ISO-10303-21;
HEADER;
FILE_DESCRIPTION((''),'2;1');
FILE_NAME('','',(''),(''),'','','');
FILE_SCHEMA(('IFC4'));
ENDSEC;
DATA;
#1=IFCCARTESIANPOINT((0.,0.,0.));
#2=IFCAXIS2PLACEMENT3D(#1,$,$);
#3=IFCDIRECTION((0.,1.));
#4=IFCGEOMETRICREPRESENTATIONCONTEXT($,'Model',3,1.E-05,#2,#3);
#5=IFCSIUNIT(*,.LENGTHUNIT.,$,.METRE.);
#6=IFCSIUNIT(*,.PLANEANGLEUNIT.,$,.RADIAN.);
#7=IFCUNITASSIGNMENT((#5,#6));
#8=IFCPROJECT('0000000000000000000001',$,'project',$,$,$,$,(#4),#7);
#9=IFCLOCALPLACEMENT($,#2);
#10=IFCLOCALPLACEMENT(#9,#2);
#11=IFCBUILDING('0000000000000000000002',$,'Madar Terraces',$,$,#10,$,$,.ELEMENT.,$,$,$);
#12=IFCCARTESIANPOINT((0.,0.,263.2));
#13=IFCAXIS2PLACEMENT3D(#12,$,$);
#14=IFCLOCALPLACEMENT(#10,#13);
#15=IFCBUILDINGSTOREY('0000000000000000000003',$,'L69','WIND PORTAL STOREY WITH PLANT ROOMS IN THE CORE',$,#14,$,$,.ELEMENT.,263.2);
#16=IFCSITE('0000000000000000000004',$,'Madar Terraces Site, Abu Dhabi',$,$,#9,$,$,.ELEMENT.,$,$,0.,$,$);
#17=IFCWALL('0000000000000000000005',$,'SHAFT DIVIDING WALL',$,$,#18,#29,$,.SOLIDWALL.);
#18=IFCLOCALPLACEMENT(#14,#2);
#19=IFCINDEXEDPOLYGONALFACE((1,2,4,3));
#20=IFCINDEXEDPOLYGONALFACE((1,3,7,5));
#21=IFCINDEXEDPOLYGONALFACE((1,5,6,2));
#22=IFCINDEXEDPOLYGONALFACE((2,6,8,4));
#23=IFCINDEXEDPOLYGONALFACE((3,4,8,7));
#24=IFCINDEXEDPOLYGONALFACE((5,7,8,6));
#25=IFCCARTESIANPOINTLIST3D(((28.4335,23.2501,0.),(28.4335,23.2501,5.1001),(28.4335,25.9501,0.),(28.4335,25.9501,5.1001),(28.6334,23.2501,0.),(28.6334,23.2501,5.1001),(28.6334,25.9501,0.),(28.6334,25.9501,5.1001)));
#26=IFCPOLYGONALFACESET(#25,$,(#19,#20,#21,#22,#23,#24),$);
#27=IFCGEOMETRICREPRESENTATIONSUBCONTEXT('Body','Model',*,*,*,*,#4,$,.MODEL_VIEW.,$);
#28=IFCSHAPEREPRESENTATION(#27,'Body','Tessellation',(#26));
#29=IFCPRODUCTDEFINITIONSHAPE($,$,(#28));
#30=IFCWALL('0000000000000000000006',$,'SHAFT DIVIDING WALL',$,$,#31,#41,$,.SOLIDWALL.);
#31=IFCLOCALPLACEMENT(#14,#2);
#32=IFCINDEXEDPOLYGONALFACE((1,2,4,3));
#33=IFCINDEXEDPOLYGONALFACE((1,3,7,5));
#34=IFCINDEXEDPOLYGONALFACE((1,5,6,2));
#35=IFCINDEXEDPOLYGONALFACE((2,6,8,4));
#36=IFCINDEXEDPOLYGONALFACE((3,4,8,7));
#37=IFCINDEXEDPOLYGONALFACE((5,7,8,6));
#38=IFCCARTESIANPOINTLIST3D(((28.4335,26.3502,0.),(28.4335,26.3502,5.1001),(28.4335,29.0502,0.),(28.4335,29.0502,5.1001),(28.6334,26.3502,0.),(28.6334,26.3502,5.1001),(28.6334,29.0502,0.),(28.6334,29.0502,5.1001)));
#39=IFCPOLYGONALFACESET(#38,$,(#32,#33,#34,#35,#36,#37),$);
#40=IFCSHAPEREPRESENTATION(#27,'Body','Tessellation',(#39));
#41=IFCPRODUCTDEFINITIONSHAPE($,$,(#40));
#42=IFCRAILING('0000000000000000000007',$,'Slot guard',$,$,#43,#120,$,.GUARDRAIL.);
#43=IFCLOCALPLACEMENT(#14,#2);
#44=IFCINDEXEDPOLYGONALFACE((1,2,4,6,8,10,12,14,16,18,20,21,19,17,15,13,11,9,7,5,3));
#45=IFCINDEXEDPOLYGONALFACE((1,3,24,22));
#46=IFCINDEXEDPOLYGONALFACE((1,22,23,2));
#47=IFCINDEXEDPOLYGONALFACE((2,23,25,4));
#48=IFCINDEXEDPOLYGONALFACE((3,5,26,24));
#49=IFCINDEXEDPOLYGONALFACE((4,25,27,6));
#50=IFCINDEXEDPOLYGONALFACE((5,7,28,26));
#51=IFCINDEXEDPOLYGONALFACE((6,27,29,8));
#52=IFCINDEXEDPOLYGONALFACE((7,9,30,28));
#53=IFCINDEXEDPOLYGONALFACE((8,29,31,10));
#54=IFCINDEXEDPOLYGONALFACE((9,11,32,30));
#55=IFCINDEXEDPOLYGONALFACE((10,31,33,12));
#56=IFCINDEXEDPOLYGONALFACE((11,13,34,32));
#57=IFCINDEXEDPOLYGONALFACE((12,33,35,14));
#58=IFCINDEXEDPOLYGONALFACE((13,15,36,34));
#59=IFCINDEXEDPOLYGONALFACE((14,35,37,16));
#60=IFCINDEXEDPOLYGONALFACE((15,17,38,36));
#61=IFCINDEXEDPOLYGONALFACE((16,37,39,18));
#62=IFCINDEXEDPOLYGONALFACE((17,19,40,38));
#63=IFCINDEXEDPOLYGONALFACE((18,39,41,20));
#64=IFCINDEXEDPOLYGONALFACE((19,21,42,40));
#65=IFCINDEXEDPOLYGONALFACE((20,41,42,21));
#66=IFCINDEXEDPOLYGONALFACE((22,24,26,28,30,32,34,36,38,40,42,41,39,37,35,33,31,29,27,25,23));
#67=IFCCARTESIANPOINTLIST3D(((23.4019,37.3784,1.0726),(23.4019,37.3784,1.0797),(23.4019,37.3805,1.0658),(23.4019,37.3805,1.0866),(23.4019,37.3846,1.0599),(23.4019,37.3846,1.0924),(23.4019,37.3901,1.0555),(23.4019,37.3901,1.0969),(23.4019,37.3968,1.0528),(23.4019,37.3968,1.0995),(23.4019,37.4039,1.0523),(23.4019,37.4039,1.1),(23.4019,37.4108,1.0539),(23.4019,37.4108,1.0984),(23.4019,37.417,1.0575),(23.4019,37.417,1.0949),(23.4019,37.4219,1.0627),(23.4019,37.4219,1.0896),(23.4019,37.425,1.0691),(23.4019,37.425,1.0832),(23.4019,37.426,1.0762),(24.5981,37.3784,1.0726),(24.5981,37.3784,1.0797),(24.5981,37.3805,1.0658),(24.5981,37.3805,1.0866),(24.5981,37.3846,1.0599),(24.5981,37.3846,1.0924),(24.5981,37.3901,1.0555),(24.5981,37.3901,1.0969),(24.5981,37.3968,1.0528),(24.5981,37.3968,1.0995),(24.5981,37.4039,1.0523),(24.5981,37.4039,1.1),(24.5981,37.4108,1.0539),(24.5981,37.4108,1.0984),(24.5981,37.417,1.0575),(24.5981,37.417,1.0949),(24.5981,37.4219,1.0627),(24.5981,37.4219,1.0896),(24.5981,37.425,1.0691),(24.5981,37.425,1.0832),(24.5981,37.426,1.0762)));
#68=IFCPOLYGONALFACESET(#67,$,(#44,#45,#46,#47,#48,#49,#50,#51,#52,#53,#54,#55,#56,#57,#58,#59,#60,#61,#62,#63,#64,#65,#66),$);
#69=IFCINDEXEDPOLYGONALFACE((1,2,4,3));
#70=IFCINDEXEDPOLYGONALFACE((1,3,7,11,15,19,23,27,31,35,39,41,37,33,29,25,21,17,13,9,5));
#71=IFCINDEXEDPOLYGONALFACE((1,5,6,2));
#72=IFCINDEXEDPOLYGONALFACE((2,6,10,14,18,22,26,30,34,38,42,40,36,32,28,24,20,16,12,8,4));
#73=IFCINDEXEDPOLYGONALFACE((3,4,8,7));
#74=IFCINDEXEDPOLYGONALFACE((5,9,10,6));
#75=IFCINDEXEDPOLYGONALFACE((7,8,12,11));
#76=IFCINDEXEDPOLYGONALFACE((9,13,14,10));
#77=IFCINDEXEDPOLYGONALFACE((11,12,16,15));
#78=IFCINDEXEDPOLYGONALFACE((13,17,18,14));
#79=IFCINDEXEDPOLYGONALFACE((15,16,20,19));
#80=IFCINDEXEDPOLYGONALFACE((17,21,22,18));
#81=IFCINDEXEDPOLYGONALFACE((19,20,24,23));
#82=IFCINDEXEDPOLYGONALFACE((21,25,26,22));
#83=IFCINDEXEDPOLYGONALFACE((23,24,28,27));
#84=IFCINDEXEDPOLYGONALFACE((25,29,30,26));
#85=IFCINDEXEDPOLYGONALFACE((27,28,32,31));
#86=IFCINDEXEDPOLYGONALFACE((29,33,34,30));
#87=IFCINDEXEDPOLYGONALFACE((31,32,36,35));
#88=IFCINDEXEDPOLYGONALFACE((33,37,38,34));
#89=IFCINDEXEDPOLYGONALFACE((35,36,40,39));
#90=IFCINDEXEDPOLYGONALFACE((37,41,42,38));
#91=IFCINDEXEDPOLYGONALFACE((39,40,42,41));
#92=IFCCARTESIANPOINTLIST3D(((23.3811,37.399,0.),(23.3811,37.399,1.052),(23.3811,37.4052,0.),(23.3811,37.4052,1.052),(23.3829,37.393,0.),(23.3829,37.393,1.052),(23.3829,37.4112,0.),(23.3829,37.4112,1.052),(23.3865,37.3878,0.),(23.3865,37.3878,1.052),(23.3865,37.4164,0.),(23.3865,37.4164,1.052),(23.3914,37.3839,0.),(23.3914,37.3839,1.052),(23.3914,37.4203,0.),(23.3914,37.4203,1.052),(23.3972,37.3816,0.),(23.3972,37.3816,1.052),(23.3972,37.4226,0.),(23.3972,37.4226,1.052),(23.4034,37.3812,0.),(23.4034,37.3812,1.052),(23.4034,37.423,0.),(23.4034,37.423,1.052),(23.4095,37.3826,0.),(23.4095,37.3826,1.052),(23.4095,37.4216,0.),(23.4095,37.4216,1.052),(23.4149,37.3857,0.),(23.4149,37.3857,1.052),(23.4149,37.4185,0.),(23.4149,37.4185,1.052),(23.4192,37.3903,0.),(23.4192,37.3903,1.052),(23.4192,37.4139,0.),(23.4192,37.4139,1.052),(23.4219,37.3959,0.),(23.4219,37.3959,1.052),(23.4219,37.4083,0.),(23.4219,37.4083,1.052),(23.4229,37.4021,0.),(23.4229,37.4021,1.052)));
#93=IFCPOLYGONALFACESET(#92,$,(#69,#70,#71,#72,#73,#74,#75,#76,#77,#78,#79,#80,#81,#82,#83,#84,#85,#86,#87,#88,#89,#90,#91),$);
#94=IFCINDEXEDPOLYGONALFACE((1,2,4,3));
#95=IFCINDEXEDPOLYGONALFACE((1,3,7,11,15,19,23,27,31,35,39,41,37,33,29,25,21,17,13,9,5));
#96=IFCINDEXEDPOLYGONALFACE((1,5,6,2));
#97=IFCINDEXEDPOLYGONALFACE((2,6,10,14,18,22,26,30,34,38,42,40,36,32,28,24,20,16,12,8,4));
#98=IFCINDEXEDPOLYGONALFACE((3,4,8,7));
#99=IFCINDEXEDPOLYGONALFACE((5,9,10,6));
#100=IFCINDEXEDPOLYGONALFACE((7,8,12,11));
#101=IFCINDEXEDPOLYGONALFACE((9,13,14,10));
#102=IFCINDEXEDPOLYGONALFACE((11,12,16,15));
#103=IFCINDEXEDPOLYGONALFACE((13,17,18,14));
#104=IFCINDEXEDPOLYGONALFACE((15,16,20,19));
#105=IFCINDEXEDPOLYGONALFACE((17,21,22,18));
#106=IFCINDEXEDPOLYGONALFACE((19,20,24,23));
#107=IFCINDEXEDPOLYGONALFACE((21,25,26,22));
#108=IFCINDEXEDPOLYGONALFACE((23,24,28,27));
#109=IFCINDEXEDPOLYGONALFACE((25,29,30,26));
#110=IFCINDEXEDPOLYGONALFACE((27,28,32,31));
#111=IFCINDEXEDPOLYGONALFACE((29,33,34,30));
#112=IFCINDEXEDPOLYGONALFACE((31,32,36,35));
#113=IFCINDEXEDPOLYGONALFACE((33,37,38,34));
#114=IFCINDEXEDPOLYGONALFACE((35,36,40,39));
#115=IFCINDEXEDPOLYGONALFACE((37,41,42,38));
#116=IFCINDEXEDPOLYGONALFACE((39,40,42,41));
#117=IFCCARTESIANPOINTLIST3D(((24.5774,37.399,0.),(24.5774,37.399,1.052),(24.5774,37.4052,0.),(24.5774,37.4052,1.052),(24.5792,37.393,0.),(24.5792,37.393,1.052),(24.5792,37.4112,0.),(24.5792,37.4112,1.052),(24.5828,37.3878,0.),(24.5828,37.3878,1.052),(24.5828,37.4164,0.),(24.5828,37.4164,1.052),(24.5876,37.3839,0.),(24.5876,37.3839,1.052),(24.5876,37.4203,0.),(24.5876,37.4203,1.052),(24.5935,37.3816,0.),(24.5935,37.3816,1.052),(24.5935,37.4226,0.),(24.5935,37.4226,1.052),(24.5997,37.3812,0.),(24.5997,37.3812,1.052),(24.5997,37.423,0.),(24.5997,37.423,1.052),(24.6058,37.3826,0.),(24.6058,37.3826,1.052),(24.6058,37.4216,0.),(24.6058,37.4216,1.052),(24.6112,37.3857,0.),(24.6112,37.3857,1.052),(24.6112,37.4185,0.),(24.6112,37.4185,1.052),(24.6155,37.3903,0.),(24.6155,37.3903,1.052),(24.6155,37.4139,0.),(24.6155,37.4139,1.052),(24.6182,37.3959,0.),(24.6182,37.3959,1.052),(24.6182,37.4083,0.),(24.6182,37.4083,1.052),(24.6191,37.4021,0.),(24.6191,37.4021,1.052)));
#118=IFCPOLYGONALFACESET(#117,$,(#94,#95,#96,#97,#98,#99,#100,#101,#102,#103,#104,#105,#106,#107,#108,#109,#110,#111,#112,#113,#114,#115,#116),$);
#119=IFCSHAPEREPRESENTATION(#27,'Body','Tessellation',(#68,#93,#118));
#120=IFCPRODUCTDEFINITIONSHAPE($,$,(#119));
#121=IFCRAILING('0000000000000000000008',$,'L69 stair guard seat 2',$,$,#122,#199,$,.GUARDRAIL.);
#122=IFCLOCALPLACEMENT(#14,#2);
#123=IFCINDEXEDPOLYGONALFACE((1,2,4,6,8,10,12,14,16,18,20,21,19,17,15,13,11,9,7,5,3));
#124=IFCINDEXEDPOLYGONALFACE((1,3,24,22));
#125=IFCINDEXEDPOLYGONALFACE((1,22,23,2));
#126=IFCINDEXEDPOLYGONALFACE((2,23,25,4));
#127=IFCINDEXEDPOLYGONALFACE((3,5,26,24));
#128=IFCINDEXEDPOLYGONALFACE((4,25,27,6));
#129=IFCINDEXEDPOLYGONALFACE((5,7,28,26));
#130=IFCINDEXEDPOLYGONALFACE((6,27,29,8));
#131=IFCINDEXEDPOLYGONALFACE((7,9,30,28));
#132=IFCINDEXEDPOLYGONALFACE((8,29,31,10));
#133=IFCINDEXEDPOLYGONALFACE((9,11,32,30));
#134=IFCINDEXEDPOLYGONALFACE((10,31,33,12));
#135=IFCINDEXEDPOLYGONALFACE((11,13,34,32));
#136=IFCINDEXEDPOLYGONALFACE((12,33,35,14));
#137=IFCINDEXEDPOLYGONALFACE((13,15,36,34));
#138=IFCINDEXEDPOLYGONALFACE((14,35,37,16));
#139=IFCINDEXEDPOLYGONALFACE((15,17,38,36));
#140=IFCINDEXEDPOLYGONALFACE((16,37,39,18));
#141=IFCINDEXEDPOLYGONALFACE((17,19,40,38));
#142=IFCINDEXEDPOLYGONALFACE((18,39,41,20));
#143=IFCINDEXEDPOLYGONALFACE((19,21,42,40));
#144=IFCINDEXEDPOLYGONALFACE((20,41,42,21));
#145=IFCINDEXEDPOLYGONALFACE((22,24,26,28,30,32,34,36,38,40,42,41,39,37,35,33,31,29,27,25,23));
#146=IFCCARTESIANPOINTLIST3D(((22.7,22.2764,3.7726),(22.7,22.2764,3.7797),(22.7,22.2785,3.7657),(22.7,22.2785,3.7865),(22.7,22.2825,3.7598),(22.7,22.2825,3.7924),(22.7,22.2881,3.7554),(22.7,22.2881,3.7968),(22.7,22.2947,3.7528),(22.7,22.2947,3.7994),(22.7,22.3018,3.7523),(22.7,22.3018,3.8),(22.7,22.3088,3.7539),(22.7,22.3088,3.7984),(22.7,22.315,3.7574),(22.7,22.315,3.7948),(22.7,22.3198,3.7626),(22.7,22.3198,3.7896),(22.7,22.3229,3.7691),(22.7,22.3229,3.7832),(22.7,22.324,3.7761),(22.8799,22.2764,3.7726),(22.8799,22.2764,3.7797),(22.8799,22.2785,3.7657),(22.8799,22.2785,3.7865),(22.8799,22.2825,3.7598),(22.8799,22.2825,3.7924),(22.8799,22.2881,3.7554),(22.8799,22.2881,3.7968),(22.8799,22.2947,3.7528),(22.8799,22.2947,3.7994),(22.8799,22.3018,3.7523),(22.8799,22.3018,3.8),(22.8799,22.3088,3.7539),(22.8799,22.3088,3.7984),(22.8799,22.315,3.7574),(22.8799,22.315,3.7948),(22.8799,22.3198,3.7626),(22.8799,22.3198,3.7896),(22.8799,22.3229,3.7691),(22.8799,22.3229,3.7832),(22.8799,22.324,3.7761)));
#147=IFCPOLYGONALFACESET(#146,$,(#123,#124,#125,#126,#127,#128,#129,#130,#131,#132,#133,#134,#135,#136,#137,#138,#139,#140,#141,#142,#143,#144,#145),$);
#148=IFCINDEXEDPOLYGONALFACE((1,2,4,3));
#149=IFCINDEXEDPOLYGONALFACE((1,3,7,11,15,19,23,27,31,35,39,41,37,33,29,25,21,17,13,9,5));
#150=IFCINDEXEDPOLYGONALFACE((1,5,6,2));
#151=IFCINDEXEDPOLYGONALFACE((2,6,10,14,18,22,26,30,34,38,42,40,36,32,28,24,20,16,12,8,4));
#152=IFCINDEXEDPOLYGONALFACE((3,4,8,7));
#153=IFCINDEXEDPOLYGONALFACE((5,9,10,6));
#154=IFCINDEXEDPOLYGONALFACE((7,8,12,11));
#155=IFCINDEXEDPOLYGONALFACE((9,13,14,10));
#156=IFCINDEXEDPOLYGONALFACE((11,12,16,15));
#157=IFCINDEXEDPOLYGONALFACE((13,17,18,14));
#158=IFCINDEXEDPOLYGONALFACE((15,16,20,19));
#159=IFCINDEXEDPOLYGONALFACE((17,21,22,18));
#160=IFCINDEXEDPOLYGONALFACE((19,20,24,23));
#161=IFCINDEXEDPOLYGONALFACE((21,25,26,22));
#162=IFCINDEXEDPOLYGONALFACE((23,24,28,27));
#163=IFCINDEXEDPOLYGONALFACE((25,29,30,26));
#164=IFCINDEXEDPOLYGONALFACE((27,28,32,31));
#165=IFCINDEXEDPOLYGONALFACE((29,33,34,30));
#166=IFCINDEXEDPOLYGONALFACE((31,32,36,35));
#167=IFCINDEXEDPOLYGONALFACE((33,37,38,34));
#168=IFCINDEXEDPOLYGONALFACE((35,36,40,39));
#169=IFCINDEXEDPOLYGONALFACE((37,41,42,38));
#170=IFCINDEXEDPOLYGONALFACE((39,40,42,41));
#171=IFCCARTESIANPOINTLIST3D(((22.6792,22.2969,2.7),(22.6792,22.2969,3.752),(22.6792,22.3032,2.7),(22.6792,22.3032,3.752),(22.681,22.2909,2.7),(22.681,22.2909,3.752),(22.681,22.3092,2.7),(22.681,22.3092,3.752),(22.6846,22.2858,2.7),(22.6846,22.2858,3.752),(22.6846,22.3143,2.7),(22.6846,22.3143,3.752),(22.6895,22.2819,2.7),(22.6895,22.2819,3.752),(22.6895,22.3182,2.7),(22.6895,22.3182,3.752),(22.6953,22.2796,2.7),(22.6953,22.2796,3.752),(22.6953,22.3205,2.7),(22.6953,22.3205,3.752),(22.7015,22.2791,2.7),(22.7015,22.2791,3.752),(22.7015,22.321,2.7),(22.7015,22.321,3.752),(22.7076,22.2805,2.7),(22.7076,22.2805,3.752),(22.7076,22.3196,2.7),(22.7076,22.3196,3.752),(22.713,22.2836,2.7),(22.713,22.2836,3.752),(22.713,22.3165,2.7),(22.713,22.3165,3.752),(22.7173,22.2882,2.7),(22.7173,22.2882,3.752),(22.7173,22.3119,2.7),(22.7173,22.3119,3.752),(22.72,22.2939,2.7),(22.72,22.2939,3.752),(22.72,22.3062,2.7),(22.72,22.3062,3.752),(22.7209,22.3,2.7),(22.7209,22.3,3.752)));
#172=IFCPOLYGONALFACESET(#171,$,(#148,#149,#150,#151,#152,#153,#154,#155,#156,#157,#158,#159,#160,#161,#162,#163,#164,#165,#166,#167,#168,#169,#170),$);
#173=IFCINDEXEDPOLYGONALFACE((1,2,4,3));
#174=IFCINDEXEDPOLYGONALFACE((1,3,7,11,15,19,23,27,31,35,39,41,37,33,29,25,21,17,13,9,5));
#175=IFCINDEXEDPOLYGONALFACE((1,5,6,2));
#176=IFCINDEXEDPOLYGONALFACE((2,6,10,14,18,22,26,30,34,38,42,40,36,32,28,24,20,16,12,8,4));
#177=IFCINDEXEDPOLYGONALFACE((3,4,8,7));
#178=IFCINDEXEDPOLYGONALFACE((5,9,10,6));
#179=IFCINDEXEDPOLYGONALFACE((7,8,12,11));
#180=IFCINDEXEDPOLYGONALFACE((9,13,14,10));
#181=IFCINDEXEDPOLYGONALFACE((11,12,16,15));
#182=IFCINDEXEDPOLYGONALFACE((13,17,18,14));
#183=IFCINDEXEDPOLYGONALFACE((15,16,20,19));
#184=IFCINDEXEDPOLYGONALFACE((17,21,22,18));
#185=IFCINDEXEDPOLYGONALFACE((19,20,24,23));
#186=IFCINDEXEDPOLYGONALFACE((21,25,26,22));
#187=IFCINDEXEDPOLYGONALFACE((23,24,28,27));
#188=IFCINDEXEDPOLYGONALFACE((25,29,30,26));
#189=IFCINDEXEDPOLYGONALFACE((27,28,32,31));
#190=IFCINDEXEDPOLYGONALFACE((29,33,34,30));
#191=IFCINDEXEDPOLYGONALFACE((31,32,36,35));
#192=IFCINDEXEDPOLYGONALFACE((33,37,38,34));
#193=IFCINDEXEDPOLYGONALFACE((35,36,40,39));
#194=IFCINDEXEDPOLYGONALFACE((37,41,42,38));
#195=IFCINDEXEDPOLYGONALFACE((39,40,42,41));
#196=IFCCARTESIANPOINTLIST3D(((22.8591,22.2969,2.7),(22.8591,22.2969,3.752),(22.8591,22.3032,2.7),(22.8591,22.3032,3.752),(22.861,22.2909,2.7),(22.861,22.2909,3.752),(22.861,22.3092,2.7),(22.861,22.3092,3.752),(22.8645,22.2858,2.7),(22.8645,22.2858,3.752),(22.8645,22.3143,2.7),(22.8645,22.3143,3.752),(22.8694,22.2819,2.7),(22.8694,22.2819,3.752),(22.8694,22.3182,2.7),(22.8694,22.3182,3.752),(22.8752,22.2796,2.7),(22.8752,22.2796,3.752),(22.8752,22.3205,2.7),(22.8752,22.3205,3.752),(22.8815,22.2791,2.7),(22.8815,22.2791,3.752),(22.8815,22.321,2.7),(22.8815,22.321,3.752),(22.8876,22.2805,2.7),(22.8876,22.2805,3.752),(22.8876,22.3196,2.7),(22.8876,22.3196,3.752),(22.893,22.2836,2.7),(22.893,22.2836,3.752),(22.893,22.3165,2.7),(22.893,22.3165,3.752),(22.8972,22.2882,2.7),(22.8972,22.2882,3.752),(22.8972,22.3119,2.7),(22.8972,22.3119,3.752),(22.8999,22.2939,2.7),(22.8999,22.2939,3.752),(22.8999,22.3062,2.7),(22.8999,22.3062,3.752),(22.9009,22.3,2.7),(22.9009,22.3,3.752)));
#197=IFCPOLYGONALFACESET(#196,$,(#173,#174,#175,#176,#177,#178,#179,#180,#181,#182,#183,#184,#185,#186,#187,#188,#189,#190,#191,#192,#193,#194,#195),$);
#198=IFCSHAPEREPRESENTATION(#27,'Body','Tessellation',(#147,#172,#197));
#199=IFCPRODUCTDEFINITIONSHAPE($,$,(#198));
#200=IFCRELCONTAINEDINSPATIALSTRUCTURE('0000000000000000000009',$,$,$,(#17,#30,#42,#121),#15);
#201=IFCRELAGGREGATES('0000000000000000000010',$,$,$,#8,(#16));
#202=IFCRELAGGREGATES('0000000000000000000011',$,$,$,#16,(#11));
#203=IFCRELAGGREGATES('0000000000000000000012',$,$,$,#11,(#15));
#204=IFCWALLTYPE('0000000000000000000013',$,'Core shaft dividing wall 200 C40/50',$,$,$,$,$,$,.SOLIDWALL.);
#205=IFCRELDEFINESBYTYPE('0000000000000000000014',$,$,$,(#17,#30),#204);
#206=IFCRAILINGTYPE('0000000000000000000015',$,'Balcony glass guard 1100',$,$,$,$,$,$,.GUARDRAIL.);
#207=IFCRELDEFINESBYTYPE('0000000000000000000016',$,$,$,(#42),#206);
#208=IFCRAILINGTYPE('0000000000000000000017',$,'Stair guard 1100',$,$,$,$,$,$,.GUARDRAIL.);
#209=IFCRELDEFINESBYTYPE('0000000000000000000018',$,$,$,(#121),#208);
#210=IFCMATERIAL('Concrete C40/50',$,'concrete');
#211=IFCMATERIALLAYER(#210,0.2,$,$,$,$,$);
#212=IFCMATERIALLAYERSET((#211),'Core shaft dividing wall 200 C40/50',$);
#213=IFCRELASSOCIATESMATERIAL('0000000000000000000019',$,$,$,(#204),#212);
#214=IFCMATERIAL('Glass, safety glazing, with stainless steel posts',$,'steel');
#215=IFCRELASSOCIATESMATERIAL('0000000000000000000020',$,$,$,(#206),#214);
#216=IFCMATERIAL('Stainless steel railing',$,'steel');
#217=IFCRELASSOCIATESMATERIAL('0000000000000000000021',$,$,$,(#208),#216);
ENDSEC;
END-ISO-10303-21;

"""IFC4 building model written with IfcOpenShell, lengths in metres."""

from ifc_helpers import new_model, si_unit, direction, frame, frame_2d, origin, origin_2d, place, context, subcontext, project, spatial, rectangle, circle, extrude, material, layer, layer_set, type_object, element, save


model = new_model("IFC4")

# Units and contexts
model_context = context("Model", 3, precision=1e-05, world=origin(), true_north=direction((0.0, 1.0)))
body_context = subcontext(model_context, "Body", "Model", "MODEL_VIEW")
ifc_project = project(units=[si_unit("LENGTHUNIT", "METRE"), si_unit("PLANEANGLEUNIT", "RADIAN")], contexts=[model_context])

# Site, building, storey
site_placement = place(None, origin())
site = spatial("IfcSite", under=ifc_project, at=site_placement, Name="Madar Terraces Site, Abu Dhabi", CompositionType="ELEMENT", RefElevation=0.0)
building_placement = place(site_placement, origin())
building = spatial("IfcBuilding", under=site, at=building_placement, Name="Madar Terraces", CompositionType="ELEMENT")
storey_placement = place(building_placement, frame((0.0, 0.0, 263.2)))
storey = spatial("IfcBuildingStorey", under=building, at=storey_placement, Name="L69", Description="WIND PORTAL STOREY WITH PLANT ROOMS IN THE CORE", CompositionType="ELEMENT", Elevation=263.2)

# Walls
ifc_material_1 = material(Name="Concrete C40/50", Category="concrete")
ifc_layer_1 = layer(ifc_material_1, 0.2)
ifc_layer_set_1 = layer_set([ifc_layer_1], Name="Core shaft dividing wall 200 C40/50")
wall_type_1 = type_object("IfcWallType", Name="Core shaft dividing wall 200 C40/50", PredefinedType="SOLIDWALL", material=ifc_layer_set_1)
for number, where, z_axis, x_axis, name in (
    (1, (28.5334, 23.25, 0.0), (0.0, 0.0, 1.0), (0.0, 1.0, 0.0), "SHAFT DIVIDING WALL"),
    (2, (28.5334, 26.3501, 0.0), (0.0, 0.0, 1.0), (0.0, 1.0, 0.0), "SHAFT DIVIDING WALL"),
):
    element("IfcWall", number, at=place(storey_placement, frame(where, z_axis=z_axis, x_axis=x_axis)), inside=storey, type_object=wall_type_1, Name=name, PredefinedType="SOLIDWALL", context=body_context, shape_type="SweptSolid", body=[
        extrude(rectangle(XDim=2.7, YDim=0.2, at=frame_2d((1.3501, 0.0))), origin(), (0.0, 0.0, 1.0), 5.1001),
    ])

# Railings
ifc_material_2 = material(Name="Glass, safety glazing, with stainless steel posts", Category="steel")
railing_type_1 = type_object("IfcRailingType", Name="Balcony glass guard 1100", PredefinedType="GUARDRAIL", material=ifc_material_2)
railing_1_placement = place(storey_placement, frame((23.4019, 37.4021, 0.0)))
element("IfcRailing", 3, at=railing_1_placement, inside=storey, type_object=railing_type_1, Name="Slot guard", PredefinedType="GUARDRAIL", context=body_context, shape_type="SweptSolid", body=[
    extrude(circle(Radius=0.0239, at=origin_2d()), frame((0.0, 0.0, 1.0762), z_axis=(1.0, 0.0, 0.0), x_axis=(0.0, 1.0, 0.0)), (0.0, 0.0, 1.0), 1.1963),
    extrude(circle(Radius=0.021, at=origin_2d()), origin(), (0.0, 0.0, 1.0), 1.052),
    extrude(circle(Radius=0.021, at=origin_2d()), frame((1.1963, 0.0, 0.0)), (0.0, 0.0, 1.0), 1.052),
])
ifc_material_3 = material(Name="Stainless steel railing", Category="steel")
railing_type_2 = type_object("IfcRailingType", Name="Stair guard 1100", PredefinedType="GUARDRAIL", material=ifc_material_3)
railing_2_placement = place(storey_placement, frame((22.7, 22.3, 2.7)))
element("IfcRailing", 4, at=railing_2_placement, inside=storey, type_object=railing_type_2, Name="L69 stair guard seat 2", PredefinedType="GUARDRAIL", context=body_context, shape_type="SweptSolid", body=[
    extrude(circle(Radius=0.0239, at=origin_2d()), frame((0.0, 0.0, 1.0762), z_axis=(1.0, 0.0, 0.0), x_axis=(0.0, 1.0, 0.0)), (0.0, 0.0, 1.0), 0.1799),
    extrude(circle(Radius=0.021, at=origin_2d()), origin(), (0.0, 0.0, 1.0), 1.052),
    extrude(circle(Radius=0.021, at=origin_2d()), frame((0.1799, 0.0, 0.0)), (0.0, 0.0, 1.0), 1.052),
])

save(model, "model.ifc")
